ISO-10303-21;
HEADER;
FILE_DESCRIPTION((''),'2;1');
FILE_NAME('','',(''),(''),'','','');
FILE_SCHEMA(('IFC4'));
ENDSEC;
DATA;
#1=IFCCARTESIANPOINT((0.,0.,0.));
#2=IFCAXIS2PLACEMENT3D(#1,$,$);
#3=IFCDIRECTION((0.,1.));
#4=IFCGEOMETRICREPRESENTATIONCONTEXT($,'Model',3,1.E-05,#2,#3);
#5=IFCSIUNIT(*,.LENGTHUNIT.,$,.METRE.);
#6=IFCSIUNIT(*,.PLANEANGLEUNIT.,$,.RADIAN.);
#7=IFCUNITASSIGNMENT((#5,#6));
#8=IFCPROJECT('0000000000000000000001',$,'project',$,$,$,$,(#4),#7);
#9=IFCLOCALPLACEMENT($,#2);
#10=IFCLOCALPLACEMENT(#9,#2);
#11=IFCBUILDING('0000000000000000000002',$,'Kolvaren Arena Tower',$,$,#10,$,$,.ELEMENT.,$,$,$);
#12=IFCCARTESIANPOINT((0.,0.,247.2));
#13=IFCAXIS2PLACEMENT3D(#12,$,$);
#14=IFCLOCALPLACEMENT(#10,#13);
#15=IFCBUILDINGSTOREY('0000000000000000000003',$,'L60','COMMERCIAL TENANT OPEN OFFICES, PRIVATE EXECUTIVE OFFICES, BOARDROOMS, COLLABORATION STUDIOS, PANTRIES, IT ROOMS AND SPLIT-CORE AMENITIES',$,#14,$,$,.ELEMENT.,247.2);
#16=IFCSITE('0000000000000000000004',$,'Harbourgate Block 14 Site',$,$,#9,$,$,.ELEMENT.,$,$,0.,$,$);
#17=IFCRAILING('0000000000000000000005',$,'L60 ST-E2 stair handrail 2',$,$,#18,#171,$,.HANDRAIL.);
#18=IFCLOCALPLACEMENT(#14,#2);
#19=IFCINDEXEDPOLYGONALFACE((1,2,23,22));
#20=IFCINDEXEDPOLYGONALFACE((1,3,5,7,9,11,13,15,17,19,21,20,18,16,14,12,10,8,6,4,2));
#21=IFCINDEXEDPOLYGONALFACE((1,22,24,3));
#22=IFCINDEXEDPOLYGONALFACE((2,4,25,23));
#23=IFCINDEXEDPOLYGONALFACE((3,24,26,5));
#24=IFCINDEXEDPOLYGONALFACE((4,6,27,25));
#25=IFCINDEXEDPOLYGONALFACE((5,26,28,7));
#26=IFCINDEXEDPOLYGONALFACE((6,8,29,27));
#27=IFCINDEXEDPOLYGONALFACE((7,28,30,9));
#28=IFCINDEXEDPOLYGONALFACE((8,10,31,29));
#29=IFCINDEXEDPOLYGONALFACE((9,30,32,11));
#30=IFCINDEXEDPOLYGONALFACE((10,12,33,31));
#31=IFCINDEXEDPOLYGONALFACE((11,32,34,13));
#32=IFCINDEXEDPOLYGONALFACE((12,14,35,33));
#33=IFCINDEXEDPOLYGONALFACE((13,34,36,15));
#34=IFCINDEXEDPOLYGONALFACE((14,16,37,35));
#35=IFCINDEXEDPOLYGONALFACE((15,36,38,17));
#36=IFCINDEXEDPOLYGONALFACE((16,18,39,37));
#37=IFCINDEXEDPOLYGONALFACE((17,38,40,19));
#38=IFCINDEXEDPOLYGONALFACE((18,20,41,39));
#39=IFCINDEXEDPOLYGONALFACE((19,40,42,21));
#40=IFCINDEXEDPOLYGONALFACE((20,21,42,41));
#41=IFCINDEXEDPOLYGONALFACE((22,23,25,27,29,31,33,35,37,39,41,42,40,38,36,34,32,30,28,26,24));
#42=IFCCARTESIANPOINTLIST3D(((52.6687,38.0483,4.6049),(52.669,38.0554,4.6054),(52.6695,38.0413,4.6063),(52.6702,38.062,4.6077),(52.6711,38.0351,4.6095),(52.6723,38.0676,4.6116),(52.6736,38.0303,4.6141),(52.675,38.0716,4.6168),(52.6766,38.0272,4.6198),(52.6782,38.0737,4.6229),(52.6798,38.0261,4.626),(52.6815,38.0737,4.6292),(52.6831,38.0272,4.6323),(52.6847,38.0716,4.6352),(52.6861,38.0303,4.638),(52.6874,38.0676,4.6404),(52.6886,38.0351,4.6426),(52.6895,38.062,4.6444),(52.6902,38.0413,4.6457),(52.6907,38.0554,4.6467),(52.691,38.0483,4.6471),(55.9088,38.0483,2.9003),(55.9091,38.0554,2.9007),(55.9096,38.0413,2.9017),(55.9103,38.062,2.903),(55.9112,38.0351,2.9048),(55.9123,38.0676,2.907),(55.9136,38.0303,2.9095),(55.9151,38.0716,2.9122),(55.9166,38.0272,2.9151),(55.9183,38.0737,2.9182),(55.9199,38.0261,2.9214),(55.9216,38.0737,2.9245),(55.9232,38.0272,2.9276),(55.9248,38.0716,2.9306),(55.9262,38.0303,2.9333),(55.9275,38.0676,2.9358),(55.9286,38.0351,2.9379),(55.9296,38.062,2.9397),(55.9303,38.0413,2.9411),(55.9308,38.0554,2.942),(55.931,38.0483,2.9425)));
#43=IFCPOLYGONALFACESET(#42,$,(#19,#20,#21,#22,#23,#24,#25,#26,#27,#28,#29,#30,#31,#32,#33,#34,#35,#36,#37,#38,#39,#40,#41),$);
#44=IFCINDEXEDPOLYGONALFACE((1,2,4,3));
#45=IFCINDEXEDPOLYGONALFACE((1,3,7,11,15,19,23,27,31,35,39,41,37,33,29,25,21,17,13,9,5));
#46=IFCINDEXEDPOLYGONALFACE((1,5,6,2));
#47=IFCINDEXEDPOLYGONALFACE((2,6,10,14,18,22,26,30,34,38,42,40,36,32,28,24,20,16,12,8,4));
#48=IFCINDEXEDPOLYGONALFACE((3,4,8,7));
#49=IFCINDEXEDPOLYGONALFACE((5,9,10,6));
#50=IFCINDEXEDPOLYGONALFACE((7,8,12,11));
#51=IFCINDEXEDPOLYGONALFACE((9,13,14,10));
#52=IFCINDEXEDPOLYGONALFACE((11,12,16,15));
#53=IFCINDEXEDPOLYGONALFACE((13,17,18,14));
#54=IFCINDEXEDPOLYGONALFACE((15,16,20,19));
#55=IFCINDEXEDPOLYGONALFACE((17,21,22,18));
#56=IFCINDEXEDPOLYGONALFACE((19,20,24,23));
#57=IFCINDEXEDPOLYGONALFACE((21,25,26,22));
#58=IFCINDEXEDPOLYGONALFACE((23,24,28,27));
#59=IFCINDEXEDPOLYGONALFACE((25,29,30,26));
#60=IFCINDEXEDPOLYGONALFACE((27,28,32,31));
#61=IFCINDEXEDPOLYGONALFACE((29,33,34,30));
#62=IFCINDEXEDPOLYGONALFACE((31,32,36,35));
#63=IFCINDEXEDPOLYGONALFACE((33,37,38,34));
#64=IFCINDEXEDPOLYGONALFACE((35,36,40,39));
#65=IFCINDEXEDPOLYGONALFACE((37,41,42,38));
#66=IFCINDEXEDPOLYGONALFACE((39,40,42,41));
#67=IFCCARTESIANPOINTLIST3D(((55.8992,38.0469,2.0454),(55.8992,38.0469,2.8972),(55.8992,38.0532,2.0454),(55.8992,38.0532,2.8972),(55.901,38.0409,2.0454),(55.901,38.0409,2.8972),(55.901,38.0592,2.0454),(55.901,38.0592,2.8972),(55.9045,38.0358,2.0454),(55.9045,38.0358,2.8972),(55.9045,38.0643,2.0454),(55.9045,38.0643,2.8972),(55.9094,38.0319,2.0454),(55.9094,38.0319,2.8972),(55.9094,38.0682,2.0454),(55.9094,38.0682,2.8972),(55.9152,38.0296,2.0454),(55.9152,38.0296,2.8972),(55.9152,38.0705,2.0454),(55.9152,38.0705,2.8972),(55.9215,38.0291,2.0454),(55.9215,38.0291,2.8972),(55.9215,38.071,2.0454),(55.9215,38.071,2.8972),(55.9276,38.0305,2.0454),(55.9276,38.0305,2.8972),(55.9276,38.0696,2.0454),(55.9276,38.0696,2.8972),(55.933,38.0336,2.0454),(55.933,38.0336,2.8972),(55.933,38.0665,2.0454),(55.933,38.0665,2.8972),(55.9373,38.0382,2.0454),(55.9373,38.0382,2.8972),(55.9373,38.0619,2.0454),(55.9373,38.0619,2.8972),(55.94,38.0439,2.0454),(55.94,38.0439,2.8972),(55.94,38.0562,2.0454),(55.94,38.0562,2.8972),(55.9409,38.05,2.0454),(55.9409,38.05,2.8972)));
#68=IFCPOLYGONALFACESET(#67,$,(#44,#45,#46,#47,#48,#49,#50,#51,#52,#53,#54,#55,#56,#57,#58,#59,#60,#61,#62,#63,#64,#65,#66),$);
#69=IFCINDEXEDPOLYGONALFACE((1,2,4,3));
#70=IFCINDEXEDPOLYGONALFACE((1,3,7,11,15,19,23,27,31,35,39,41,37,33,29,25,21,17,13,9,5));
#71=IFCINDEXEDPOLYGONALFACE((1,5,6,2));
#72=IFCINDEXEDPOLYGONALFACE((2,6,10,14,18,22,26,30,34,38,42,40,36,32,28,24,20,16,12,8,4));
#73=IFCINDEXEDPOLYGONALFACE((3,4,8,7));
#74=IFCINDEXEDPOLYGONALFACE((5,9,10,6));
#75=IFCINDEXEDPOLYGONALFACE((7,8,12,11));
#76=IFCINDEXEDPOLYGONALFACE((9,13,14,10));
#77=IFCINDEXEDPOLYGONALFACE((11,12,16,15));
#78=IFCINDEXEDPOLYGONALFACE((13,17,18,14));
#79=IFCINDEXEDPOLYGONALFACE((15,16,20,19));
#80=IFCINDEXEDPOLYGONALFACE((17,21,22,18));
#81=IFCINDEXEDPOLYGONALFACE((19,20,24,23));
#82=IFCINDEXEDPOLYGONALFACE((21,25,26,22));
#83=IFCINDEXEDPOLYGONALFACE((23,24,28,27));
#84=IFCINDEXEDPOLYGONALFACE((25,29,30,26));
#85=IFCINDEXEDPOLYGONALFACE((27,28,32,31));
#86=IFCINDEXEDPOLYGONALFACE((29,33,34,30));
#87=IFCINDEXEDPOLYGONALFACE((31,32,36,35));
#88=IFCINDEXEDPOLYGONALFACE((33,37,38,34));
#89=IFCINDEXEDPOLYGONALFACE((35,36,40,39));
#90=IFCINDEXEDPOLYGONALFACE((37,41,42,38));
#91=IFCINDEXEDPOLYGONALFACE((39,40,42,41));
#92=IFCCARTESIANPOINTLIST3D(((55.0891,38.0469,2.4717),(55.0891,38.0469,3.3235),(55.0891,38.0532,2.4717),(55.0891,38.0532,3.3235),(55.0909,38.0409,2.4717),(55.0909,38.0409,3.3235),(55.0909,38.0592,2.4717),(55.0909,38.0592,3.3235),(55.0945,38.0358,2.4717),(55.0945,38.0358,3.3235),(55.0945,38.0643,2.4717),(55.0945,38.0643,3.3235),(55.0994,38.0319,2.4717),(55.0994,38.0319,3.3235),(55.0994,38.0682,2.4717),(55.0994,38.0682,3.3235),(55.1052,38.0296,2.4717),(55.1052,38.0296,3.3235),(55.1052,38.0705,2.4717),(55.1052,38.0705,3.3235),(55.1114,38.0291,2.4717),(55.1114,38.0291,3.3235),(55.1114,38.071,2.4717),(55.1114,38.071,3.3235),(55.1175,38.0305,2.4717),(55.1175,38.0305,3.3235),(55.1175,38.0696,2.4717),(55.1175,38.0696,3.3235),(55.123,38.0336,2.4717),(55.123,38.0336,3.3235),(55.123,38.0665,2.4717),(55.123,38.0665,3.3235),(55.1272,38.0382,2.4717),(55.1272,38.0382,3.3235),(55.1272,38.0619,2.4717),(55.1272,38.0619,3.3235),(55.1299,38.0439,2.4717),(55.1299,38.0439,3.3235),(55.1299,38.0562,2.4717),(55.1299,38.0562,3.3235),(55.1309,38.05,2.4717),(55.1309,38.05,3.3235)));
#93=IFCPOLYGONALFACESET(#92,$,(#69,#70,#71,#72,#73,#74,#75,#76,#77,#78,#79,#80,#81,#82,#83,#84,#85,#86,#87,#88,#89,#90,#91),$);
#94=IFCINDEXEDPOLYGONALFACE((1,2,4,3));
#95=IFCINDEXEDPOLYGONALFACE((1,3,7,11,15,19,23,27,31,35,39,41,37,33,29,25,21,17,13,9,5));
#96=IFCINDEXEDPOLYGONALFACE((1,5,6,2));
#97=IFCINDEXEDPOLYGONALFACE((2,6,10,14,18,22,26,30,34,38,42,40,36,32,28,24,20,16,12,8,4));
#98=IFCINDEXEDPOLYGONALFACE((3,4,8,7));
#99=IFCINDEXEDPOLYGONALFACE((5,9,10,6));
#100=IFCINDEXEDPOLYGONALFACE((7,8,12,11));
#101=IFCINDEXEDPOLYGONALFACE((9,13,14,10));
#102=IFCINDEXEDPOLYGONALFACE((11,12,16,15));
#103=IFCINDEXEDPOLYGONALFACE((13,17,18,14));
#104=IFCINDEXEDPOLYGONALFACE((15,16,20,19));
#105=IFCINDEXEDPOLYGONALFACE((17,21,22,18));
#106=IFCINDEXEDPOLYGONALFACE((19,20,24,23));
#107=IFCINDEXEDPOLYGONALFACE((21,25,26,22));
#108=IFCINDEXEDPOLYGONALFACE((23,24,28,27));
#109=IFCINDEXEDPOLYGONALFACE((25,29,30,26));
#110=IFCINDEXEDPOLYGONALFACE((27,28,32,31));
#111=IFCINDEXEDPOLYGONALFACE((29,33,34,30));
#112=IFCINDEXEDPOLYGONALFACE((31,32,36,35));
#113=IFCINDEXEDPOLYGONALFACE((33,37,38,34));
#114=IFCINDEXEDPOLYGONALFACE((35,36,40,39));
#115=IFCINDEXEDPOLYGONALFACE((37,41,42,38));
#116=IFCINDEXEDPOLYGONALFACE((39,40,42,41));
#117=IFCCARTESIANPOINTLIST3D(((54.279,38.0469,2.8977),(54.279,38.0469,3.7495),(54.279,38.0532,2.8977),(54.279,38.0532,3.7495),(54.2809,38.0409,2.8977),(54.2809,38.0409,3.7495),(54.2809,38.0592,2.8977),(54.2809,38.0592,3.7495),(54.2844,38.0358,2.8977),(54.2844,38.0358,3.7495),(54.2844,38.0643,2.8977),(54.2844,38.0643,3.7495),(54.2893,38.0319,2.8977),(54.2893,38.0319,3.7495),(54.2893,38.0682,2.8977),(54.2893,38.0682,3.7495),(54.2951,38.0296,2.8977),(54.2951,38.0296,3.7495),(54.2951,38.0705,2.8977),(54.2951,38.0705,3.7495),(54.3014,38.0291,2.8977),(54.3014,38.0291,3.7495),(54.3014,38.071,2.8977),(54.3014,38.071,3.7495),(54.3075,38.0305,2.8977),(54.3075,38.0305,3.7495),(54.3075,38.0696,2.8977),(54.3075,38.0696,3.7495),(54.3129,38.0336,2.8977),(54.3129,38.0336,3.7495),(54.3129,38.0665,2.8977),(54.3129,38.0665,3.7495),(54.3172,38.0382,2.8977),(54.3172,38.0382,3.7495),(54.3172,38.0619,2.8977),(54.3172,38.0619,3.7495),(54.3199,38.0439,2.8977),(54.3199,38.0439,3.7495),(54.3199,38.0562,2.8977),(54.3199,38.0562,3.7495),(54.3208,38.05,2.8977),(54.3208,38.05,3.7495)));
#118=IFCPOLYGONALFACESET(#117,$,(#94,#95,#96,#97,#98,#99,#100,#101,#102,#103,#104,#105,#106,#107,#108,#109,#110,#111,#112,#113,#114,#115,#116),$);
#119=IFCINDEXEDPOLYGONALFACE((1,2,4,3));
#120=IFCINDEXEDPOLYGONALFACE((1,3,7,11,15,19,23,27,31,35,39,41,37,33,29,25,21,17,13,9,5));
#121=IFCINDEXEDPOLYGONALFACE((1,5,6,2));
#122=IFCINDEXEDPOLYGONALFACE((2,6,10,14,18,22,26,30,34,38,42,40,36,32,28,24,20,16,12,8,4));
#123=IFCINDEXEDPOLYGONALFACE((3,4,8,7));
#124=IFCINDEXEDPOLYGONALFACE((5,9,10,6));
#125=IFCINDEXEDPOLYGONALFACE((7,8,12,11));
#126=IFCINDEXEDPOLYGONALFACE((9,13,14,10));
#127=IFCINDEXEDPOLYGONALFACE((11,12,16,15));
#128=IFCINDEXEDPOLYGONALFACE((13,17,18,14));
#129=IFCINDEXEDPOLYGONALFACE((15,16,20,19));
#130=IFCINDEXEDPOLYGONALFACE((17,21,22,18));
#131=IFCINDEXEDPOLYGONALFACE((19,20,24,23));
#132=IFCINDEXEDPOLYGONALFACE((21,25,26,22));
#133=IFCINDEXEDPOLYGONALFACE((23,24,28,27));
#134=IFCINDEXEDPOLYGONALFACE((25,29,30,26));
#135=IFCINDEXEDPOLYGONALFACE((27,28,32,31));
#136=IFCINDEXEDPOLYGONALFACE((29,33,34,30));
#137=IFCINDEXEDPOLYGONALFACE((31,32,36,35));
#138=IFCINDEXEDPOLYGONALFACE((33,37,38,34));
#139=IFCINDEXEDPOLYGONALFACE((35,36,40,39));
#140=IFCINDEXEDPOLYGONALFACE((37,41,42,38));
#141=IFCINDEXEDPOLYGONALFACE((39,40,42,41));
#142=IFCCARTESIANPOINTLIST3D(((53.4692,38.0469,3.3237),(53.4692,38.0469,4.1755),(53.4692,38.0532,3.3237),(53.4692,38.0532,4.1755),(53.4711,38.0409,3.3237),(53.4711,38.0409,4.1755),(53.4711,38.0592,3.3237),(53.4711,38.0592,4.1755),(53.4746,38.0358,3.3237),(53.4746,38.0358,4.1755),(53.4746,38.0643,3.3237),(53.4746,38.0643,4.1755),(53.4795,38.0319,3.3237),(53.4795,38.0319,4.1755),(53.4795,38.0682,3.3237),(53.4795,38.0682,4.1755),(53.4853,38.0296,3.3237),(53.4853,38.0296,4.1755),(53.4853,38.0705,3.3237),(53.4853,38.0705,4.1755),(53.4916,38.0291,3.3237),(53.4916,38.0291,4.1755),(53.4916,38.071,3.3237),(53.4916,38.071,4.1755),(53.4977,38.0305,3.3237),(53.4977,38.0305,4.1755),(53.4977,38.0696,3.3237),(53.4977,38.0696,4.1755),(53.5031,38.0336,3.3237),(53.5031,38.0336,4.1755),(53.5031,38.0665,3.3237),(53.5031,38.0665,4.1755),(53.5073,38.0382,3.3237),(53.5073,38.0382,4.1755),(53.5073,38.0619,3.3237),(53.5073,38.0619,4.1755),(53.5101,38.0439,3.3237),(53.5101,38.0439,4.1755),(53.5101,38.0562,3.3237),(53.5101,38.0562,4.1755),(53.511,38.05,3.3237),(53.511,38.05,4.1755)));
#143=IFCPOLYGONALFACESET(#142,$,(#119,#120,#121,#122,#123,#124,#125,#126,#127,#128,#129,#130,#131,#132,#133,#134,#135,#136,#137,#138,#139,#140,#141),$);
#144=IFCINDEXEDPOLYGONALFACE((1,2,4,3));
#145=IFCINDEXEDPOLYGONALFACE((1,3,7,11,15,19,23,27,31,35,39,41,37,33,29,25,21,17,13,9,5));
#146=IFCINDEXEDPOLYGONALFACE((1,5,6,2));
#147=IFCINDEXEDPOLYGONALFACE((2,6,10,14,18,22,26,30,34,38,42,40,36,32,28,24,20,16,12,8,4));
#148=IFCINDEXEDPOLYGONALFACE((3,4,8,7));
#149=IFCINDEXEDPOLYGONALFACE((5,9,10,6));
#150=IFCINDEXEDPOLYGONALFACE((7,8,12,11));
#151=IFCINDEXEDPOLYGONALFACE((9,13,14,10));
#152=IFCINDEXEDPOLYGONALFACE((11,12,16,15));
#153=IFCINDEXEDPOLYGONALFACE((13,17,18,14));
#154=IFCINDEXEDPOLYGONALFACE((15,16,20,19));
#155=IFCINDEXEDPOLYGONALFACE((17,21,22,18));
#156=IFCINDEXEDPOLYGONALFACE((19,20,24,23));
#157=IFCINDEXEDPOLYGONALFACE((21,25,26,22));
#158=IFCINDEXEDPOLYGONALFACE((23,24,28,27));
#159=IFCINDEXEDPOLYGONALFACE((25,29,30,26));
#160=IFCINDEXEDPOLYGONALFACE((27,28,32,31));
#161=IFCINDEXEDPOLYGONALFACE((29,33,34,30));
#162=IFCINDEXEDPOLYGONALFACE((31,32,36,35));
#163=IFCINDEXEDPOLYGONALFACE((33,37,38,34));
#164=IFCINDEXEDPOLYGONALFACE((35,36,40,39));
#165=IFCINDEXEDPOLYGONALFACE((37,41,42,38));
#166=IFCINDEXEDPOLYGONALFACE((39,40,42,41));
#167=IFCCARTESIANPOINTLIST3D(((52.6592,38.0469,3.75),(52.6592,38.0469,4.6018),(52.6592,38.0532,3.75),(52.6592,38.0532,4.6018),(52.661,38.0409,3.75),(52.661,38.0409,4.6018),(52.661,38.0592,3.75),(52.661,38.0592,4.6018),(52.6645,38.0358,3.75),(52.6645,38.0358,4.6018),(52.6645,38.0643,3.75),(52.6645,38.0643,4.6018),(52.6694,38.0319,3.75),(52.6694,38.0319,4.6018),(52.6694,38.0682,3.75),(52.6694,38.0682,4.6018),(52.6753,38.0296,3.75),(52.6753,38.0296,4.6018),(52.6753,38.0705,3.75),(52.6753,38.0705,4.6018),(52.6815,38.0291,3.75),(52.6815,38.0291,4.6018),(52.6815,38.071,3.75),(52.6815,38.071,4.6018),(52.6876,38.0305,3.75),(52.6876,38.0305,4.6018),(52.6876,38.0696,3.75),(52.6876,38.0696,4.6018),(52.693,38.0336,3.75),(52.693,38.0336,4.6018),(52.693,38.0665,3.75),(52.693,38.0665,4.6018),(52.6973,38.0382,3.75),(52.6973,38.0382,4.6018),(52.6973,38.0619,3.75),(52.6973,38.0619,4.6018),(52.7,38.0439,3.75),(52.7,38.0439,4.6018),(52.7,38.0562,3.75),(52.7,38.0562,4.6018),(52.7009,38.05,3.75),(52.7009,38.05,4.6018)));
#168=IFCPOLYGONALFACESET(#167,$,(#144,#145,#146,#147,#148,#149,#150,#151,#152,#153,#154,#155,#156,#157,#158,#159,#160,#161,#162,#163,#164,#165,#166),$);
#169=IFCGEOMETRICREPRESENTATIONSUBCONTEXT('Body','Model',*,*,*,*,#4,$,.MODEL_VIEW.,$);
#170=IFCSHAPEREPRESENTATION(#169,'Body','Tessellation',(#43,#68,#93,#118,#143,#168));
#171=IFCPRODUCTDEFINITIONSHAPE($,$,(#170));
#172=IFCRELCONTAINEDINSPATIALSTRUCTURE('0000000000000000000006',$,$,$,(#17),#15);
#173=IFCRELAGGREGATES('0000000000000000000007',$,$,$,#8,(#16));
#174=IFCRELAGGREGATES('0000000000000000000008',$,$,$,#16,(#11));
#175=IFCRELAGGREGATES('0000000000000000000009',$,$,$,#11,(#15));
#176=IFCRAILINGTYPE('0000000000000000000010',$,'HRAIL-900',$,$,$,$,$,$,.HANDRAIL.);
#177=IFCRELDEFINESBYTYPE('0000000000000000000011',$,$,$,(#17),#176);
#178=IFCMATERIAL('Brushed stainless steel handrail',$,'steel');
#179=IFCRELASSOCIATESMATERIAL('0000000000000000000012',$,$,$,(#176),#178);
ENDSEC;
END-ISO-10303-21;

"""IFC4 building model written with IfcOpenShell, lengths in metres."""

from ifc_helpers import new_model, si_unit, direction, frame, origin, origin_2d, place, context, subcontext, project, spatial, circle, extrude, material, type_object, element, save


model = new_model("IFC4")

# Units and contexts
model_context = context("Model", 3, precision=1e-05, world=origin(), true_north=direction((0.0, 1.0)))
body_context = subcontext(model_context, "Body", "Model", "MODEL_VIEW")
ifc_project = project(units=[si_unit("LENGTHUNIT", "METRE"), si_unit("PLANEANGLEUNIT", "RADIAN")], contexts=[model_context])

# Site, building, storey
site_placement = place(None, origin())
site = spatial("IfcSite", under=ifc_project, at=site_placement, Name="Harbourgate Block 14 Site", CompositionType="ELEMENT", RefElevation=0.0)
building_placement = place(site_placement, origin())
building = spatial("IfcBuilding", under=site, at=building_placement, Name="Kolvaren Arena Tower", CompositionType="ELEMENT")
storey_placement = place(building_placement, frame((0.0, 0.0, 247.2)))
storey = spatial("IfcBuildingStorey", under=building, at=storey_placement, Name="L60", Description="COMMERCIAL TENANT OPEN OFFICES, PRIVATE EXECUTIVE OFFICES, BOARDROOMS, COLLABORATION STUDIOS, PANTRIES, IT ROOMS AND SPLIT-CORE AMENITIES", CompositionType="ELEMENT", Elevation=247.2)

# Railing
ifc_material_1 = material(Name="Brushed stainless steel handrail", Category="steel")
railing_type_1 = type_object("IfcRailingType", Name="HRAIL-900", PredefinedType="HANDRAIL", material=ifc_material_1)
for number, where, name in (
    (1, (55.9199, 38.05, 2.0454), "L60 ST-E2 stair handrail 2"),
):
    element("IfcRailing", number, at=place(storey_placement, frame(where)), inside=storey, type_object=railing_type_1, Name=name, PredefinedType="HANDRAIL", context=body_context, shape_type="SweptSolid", body=[
        extrude(circle(Radius=0.0239, at=origin_2d()), frame((0.0, 0.0, 0.876), z_axis=(-0.884993, 0.0, 0.465604), x_axis=(0.0, -1.0, 0.0)), (0.0, 0.0, 1.0), 3.6611),
        extrude(circle(Radius=0.021, at=origin_2d()), origin(), (0.0, 0.0, 1.0), 0.8518),
        extrude(circle(Radius=0.021, at=origin_2d()), frame((-0.8101, 0.0, 0.4263)), (0.0, 0.0, 1.0), 0.8518),
        extrude(circle(Radius=0.021, at=origin_2d()), frame((-1.6201, 0.0, 0.8523)), (0.0, 0.0, 1.0), 0.8518),
        extrude(circle(Radius=0.021, at=origin_2d()), frame((-2.4299, 0.0, 1.2783)), (0.0, 0.0, 1.0), 0.8518),
        extrude(circle(Radius=0.021, at=origin_2d()), frame((-3.24, 0.0, 1.7046)), (0.0, 0.0, 1.0), 0.8518),
    ])

save(model, "model.ifc")
